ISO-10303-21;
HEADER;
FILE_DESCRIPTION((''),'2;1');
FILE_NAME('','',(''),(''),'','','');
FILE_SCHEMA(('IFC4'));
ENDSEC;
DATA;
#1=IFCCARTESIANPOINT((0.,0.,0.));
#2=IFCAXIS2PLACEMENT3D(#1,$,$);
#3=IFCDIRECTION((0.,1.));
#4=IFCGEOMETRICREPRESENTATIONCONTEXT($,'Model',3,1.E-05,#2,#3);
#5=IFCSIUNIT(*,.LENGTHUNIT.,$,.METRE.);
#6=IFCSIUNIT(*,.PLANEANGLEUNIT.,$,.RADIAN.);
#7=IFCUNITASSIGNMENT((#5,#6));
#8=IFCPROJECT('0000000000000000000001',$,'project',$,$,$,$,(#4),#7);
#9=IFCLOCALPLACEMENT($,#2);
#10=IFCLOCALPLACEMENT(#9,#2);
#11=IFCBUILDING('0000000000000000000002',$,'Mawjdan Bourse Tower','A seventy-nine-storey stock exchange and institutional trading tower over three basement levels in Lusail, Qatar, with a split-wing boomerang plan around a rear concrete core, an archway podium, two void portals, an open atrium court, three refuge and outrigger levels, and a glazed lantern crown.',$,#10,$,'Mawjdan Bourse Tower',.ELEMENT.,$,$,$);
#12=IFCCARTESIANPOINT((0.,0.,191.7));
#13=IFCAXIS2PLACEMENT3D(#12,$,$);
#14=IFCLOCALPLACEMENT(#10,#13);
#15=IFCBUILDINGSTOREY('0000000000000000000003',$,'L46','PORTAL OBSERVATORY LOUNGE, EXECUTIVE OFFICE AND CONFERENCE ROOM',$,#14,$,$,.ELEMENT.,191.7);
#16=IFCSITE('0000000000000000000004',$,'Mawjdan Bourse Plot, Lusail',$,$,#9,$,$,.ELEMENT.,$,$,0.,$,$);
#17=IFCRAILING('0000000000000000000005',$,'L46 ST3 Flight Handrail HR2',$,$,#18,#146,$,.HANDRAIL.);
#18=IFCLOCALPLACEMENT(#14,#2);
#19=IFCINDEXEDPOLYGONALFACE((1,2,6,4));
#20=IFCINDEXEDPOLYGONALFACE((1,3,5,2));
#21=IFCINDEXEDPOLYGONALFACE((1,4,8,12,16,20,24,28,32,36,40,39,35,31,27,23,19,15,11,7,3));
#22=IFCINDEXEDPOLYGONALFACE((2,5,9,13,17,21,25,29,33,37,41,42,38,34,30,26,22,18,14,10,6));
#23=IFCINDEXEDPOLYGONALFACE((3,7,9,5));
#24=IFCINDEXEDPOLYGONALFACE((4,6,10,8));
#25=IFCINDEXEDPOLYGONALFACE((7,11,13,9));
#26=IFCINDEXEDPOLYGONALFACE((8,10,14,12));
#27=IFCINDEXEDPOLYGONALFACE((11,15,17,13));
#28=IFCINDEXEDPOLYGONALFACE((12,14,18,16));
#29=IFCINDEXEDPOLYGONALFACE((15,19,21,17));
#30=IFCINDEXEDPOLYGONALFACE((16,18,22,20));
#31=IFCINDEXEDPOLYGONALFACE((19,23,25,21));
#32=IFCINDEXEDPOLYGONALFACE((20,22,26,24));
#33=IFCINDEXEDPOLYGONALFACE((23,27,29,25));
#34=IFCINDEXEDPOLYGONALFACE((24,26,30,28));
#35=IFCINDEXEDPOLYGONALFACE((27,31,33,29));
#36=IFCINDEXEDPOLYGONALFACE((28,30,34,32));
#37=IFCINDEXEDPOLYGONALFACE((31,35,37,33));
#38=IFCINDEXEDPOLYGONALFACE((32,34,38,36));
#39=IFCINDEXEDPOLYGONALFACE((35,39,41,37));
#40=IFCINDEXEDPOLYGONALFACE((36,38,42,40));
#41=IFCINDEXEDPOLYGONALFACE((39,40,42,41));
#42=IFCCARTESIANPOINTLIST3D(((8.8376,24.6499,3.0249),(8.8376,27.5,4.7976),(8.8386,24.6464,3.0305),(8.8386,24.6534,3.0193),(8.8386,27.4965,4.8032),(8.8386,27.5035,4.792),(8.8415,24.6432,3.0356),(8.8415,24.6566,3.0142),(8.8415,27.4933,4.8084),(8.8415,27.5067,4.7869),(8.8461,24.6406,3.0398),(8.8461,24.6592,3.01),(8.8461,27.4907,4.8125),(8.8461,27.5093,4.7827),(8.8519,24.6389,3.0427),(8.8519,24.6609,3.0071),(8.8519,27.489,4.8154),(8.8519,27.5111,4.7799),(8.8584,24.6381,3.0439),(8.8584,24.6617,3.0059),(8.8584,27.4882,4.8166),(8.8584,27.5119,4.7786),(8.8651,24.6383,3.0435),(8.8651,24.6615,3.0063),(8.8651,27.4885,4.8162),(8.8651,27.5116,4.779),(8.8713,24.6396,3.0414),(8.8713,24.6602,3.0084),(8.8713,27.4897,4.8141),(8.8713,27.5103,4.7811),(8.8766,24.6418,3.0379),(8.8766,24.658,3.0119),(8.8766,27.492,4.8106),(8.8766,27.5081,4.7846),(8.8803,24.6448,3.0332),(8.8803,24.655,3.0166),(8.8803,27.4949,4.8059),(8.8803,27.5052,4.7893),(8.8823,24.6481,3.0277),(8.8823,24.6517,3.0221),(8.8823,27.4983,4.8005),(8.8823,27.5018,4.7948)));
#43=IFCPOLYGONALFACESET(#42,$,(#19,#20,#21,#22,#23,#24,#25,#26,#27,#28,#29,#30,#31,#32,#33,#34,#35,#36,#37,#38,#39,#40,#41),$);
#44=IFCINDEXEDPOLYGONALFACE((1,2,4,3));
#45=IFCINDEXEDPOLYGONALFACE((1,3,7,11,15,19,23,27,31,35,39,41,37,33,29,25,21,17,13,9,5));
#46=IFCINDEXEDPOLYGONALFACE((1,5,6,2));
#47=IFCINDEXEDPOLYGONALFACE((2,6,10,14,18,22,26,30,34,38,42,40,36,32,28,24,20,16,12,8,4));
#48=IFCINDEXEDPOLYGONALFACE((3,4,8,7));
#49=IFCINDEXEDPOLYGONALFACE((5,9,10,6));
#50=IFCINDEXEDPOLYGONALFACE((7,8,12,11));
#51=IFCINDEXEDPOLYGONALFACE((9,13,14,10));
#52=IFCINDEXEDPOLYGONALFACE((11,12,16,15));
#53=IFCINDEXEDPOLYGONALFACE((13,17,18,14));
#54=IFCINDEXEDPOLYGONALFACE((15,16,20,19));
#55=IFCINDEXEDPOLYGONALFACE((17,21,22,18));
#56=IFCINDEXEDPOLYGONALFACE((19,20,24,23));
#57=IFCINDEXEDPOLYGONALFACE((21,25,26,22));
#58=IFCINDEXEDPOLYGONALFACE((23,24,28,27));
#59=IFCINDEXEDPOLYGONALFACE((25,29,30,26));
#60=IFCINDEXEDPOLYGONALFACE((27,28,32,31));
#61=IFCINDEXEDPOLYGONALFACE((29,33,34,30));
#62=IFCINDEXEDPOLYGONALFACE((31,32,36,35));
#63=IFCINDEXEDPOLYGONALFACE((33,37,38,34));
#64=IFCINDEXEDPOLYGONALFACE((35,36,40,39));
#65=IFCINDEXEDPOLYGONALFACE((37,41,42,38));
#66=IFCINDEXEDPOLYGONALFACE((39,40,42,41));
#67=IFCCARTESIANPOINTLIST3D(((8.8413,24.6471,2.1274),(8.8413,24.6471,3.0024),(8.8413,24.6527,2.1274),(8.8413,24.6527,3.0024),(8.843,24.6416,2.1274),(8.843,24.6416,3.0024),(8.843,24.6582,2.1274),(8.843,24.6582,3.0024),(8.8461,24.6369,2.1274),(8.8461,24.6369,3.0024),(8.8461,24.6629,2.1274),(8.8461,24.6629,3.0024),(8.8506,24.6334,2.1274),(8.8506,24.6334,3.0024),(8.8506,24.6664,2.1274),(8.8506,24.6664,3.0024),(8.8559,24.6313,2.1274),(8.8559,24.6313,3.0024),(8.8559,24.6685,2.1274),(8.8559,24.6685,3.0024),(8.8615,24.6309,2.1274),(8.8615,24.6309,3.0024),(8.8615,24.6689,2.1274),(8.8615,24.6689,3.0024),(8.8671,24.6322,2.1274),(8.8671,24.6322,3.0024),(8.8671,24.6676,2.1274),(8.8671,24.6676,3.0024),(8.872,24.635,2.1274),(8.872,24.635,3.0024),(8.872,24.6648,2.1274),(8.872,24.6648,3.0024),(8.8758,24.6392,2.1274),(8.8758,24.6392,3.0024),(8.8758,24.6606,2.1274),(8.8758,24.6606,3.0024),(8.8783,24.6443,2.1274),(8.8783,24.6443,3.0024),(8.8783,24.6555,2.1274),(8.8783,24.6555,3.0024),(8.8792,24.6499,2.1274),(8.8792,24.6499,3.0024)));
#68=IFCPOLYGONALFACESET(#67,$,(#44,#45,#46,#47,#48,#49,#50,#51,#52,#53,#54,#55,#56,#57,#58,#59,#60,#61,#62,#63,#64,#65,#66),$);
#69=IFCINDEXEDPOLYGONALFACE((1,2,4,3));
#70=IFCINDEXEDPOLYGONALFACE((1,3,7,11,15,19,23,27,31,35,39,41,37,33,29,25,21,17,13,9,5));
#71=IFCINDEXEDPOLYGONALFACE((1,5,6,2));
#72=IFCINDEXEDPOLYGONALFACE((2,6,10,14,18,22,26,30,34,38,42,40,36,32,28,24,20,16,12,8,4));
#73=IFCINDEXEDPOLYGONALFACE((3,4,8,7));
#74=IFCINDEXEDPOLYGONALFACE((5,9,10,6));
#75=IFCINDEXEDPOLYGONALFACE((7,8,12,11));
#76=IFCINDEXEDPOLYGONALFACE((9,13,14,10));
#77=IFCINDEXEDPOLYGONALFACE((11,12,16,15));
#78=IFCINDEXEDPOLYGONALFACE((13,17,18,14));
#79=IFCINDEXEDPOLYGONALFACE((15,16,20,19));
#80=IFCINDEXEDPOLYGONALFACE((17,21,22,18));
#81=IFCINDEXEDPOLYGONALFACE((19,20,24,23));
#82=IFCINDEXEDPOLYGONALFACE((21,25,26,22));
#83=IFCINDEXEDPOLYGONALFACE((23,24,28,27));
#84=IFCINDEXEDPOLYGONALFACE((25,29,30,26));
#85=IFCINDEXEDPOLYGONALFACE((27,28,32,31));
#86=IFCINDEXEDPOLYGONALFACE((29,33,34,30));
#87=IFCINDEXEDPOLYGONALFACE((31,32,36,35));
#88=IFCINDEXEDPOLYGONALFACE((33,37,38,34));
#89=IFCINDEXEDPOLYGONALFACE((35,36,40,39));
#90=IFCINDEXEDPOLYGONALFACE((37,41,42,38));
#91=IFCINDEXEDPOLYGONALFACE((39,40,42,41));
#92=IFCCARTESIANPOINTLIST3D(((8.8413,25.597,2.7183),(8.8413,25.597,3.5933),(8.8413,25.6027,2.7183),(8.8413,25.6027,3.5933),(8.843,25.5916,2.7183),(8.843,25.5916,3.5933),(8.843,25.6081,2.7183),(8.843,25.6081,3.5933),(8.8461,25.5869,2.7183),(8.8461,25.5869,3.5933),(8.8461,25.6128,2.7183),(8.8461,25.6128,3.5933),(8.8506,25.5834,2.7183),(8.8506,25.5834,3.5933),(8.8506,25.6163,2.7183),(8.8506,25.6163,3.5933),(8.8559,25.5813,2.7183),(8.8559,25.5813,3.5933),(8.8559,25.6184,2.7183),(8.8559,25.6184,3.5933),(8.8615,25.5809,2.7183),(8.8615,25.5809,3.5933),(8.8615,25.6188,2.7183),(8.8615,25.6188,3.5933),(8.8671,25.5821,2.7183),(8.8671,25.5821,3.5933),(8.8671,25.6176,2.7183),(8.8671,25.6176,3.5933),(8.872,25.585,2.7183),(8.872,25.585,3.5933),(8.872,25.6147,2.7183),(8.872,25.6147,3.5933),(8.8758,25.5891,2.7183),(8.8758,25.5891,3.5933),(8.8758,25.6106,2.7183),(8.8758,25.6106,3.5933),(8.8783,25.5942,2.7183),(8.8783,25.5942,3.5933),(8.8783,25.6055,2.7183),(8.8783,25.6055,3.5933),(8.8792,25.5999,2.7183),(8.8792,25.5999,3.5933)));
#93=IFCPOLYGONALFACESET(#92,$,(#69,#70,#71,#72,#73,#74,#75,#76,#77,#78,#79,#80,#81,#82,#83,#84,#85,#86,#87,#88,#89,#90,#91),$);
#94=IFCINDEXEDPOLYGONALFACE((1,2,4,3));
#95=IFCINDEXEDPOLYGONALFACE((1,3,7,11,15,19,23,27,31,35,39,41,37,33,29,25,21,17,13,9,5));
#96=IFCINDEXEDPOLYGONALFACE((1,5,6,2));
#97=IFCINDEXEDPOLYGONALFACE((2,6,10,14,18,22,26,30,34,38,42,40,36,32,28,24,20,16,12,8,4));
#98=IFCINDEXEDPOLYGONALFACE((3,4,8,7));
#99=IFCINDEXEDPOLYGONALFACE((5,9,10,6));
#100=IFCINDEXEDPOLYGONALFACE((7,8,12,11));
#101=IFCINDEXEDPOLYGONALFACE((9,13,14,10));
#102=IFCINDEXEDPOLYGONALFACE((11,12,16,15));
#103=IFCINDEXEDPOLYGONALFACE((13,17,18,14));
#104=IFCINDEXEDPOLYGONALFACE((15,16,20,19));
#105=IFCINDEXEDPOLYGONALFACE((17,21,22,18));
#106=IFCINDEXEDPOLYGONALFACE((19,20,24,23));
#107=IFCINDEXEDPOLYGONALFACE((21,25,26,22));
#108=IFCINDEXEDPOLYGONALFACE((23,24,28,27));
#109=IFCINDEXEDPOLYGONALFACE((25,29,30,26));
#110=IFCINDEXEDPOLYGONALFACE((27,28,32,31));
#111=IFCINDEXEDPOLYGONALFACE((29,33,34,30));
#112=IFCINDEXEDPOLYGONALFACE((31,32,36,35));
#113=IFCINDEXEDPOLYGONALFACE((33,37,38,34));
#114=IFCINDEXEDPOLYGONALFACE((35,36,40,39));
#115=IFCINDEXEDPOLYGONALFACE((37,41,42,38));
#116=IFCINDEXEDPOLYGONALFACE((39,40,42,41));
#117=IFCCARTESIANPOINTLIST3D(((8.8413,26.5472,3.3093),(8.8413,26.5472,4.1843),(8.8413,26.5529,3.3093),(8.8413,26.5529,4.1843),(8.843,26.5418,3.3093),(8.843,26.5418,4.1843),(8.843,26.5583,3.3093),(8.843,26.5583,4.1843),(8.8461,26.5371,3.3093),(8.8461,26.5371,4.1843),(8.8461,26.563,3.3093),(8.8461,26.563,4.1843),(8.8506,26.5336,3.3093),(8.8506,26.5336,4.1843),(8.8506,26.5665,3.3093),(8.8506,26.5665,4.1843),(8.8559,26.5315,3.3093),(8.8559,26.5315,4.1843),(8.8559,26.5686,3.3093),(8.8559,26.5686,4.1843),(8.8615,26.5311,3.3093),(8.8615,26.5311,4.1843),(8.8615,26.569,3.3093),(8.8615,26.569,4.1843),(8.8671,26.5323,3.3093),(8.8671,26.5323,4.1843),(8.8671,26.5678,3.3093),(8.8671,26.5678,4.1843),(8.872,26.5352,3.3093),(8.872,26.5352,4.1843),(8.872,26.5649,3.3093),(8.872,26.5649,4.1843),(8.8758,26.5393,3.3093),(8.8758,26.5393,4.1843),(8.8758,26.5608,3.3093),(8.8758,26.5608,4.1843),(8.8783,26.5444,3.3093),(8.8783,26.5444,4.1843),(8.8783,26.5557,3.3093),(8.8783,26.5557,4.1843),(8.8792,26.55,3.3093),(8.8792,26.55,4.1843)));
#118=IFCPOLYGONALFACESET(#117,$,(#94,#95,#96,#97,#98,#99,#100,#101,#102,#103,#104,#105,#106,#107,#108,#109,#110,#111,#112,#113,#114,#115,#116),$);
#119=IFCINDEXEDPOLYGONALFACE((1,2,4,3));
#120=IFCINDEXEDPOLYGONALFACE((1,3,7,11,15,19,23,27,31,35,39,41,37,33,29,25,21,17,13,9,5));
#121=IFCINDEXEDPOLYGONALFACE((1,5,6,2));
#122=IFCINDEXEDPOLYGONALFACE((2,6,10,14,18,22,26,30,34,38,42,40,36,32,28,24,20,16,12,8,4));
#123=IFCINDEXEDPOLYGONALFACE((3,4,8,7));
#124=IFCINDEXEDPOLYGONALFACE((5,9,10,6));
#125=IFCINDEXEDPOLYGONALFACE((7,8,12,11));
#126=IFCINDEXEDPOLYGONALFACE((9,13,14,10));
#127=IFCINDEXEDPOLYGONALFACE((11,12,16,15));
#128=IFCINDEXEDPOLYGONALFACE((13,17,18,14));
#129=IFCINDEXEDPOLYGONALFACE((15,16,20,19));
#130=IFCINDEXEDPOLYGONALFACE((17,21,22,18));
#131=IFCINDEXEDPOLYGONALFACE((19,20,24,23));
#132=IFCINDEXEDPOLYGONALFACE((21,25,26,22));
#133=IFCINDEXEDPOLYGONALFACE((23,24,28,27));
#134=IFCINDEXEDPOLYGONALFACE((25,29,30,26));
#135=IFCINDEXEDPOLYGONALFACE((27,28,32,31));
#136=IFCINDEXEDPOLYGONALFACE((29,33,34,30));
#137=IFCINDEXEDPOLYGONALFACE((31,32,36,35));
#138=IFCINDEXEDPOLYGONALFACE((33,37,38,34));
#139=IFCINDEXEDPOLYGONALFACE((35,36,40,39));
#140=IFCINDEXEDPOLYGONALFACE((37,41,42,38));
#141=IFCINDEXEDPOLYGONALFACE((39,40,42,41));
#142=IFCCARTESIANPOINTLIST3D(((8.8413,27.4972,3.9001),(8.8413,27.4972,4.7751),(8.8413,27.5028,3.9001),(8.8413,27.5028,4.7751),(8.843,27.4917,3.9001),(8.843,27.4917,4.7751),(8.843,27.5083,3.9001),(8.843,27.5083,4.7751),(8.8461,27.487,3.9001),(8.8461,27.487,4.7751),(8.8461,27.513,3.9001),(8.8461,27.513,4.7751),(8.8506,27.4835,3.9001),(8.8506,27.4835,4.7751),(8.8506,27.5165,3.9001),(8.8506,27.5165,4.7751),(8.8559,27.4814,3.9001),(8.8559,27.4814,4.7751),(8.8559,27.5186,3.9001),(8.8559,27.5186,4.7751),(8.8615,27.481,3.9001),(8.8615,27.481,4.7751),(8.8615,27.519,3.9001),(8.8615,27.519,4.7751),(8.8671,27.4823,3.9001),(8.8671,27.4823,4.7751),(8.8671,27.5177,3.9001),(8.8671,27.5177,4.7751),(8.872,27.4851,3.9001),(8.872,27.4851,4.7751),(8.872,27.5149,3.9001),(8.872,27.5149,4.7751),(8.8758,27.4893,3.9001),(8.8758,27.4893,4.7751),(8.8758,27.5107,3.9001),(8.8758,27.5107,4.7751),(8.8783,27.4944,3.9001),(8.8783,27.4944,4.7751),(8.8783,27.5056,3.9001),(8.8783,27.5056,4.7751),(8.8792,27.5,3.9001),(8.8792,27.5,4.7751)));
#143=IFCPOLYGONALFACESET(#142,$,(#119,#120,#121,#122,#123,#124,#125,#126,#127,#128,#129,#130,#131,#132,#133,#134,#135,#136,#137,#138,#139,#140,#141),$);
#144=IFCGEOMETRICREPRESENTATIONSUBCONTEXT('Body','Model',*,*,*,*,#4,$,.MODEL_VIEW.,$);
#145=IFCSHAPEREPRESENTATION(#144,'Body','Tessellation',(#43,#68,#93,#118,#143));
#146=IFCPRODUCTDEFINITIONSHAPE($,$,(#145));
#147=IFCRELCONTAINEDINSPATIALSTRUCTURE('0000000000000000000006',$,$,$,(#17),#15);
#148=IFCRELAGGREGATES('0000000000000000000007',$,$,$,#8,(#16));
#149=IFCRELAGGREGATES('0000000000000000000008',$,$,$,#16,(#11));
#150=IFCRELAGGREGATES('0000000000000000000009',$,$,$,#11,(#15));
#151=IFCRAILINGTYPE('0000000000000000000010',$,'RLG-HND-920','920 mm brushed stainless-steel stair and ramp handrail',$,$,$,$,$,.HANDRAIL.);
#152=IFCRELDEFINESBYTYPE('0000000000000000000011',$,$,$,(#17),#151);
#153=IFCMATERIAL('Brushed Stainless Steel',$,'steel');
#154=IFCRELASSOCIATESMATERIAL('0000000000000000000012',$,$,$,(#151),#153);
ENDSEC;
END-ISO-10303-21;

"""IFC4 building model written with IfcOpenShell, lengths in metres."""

from ifc_helpers import new_model, si_unit, direction, frame, origin, origin_2d, place, context, subcontext, project, spatial, circle, extrude, material, type_object, element, save


model = new_model("IFC4")

# Units and contexts
model_context = context("Model", 3, precision=1e-05, world=origin(), true_north=direction((0.0, 1.0)))
body_context = subcontext(model_context, "Body", "Model", "MODEL_VIEW")
ifc_project = project(units=[si_unit("LENGTHUNIT", "METRE"), si_unit("PLANEANGLEUNIT", "RADIAN")], contexts=[model_context])

# Site, building, storey
site_placement = place(None, origin())
site = spatial("IfcSite", under=ifc_project, at=site_placement, Name="Mawjdan Bourse Plot, Lusail", CompositionType="ELEMENT", RefElevation=0.0)
building_placement = place(site_placement, origin())
building = spatial("IfcBuilding", under=site, at=building_placement, Name="Mawjdan Bourse Tower", Description="A seventy-nine-storey stock exchange and institutional trading tower over three basement levels in Lusail, Qatar, with a split-wing boomerang plan around a rear concrete core, an archway podium, two void portals, an open atrium court, three refuge and outrigger levels, and a glazed lantern crown.", LongName="Mawjdan Bourse Tower", CompositionType="ELEMENT")
storey_placement = place(building_placement, frame((0.0, 0.0, 191.7)))
storey = spatial("IfcBuildingStorey", under=building, at=storey_placement, Name="L46", Description="PORTAL OBSERVATORY LOUNGE, EXECUTIVE OFFICE AND CONFERENCE ROOM", CompositionType="ELEMENT", Elevation=191.7)

# Railing
ifc_material_1 = material(Name="Brushed Stainless Steel", Category="steel")
railing_type_1 = type_object("IfcRailingType", Name="RLG-HND-920", Description="920 mm brushed stainless-steel stair and ramp handrail", PredefinedType="HANDRAIL", material=ifc_material_1)
railing_1_placement = place(storey_placement, frame((8.8601, 24.6499, 2.1274)))
element("IfcRailing", 1, at=railing_1_placement, inside=storey, type_object=railing_type_1, Name="L46 ST3 Flight Handrail HR2", PredefinedType="HANDRAIL", context=body_context, shape_type="SweptSolid", body=[
    extrude(circle(Radius=0.0225, at=origin_2d()), frame((0.0, 0.0, 0.8975), z_axis=(0.0, 0.849149, 0.528154), x_axis=(-1.0, 0.0, 0.0)), (0.0, 0.0, 1.0), 3.3564),
    extrude(circle(Radius=0.019, at=origin_2d()), origin(), (0.0, 0.0, 1.0), 0.875),
    extrude(circle(Radius=0.019, at=origin_2d()), frame((0.0, 0.95, 0.5908)), (0.0, 0.0, 1.0), 0.875),
    extrude(circle(Radius=0.019, at=origin_2d()), frame((0.0, 1.9001, 1.1819)), (0.0, 0.0, 1.0), 0.875),
    extrude(circle(Radius=0.019, at=origin_2d()), frame((0.0, 2.8501, 1.7727)), (0.0, 0.0, 1.0), 0.875),
])

save(model, "model.ifc")
